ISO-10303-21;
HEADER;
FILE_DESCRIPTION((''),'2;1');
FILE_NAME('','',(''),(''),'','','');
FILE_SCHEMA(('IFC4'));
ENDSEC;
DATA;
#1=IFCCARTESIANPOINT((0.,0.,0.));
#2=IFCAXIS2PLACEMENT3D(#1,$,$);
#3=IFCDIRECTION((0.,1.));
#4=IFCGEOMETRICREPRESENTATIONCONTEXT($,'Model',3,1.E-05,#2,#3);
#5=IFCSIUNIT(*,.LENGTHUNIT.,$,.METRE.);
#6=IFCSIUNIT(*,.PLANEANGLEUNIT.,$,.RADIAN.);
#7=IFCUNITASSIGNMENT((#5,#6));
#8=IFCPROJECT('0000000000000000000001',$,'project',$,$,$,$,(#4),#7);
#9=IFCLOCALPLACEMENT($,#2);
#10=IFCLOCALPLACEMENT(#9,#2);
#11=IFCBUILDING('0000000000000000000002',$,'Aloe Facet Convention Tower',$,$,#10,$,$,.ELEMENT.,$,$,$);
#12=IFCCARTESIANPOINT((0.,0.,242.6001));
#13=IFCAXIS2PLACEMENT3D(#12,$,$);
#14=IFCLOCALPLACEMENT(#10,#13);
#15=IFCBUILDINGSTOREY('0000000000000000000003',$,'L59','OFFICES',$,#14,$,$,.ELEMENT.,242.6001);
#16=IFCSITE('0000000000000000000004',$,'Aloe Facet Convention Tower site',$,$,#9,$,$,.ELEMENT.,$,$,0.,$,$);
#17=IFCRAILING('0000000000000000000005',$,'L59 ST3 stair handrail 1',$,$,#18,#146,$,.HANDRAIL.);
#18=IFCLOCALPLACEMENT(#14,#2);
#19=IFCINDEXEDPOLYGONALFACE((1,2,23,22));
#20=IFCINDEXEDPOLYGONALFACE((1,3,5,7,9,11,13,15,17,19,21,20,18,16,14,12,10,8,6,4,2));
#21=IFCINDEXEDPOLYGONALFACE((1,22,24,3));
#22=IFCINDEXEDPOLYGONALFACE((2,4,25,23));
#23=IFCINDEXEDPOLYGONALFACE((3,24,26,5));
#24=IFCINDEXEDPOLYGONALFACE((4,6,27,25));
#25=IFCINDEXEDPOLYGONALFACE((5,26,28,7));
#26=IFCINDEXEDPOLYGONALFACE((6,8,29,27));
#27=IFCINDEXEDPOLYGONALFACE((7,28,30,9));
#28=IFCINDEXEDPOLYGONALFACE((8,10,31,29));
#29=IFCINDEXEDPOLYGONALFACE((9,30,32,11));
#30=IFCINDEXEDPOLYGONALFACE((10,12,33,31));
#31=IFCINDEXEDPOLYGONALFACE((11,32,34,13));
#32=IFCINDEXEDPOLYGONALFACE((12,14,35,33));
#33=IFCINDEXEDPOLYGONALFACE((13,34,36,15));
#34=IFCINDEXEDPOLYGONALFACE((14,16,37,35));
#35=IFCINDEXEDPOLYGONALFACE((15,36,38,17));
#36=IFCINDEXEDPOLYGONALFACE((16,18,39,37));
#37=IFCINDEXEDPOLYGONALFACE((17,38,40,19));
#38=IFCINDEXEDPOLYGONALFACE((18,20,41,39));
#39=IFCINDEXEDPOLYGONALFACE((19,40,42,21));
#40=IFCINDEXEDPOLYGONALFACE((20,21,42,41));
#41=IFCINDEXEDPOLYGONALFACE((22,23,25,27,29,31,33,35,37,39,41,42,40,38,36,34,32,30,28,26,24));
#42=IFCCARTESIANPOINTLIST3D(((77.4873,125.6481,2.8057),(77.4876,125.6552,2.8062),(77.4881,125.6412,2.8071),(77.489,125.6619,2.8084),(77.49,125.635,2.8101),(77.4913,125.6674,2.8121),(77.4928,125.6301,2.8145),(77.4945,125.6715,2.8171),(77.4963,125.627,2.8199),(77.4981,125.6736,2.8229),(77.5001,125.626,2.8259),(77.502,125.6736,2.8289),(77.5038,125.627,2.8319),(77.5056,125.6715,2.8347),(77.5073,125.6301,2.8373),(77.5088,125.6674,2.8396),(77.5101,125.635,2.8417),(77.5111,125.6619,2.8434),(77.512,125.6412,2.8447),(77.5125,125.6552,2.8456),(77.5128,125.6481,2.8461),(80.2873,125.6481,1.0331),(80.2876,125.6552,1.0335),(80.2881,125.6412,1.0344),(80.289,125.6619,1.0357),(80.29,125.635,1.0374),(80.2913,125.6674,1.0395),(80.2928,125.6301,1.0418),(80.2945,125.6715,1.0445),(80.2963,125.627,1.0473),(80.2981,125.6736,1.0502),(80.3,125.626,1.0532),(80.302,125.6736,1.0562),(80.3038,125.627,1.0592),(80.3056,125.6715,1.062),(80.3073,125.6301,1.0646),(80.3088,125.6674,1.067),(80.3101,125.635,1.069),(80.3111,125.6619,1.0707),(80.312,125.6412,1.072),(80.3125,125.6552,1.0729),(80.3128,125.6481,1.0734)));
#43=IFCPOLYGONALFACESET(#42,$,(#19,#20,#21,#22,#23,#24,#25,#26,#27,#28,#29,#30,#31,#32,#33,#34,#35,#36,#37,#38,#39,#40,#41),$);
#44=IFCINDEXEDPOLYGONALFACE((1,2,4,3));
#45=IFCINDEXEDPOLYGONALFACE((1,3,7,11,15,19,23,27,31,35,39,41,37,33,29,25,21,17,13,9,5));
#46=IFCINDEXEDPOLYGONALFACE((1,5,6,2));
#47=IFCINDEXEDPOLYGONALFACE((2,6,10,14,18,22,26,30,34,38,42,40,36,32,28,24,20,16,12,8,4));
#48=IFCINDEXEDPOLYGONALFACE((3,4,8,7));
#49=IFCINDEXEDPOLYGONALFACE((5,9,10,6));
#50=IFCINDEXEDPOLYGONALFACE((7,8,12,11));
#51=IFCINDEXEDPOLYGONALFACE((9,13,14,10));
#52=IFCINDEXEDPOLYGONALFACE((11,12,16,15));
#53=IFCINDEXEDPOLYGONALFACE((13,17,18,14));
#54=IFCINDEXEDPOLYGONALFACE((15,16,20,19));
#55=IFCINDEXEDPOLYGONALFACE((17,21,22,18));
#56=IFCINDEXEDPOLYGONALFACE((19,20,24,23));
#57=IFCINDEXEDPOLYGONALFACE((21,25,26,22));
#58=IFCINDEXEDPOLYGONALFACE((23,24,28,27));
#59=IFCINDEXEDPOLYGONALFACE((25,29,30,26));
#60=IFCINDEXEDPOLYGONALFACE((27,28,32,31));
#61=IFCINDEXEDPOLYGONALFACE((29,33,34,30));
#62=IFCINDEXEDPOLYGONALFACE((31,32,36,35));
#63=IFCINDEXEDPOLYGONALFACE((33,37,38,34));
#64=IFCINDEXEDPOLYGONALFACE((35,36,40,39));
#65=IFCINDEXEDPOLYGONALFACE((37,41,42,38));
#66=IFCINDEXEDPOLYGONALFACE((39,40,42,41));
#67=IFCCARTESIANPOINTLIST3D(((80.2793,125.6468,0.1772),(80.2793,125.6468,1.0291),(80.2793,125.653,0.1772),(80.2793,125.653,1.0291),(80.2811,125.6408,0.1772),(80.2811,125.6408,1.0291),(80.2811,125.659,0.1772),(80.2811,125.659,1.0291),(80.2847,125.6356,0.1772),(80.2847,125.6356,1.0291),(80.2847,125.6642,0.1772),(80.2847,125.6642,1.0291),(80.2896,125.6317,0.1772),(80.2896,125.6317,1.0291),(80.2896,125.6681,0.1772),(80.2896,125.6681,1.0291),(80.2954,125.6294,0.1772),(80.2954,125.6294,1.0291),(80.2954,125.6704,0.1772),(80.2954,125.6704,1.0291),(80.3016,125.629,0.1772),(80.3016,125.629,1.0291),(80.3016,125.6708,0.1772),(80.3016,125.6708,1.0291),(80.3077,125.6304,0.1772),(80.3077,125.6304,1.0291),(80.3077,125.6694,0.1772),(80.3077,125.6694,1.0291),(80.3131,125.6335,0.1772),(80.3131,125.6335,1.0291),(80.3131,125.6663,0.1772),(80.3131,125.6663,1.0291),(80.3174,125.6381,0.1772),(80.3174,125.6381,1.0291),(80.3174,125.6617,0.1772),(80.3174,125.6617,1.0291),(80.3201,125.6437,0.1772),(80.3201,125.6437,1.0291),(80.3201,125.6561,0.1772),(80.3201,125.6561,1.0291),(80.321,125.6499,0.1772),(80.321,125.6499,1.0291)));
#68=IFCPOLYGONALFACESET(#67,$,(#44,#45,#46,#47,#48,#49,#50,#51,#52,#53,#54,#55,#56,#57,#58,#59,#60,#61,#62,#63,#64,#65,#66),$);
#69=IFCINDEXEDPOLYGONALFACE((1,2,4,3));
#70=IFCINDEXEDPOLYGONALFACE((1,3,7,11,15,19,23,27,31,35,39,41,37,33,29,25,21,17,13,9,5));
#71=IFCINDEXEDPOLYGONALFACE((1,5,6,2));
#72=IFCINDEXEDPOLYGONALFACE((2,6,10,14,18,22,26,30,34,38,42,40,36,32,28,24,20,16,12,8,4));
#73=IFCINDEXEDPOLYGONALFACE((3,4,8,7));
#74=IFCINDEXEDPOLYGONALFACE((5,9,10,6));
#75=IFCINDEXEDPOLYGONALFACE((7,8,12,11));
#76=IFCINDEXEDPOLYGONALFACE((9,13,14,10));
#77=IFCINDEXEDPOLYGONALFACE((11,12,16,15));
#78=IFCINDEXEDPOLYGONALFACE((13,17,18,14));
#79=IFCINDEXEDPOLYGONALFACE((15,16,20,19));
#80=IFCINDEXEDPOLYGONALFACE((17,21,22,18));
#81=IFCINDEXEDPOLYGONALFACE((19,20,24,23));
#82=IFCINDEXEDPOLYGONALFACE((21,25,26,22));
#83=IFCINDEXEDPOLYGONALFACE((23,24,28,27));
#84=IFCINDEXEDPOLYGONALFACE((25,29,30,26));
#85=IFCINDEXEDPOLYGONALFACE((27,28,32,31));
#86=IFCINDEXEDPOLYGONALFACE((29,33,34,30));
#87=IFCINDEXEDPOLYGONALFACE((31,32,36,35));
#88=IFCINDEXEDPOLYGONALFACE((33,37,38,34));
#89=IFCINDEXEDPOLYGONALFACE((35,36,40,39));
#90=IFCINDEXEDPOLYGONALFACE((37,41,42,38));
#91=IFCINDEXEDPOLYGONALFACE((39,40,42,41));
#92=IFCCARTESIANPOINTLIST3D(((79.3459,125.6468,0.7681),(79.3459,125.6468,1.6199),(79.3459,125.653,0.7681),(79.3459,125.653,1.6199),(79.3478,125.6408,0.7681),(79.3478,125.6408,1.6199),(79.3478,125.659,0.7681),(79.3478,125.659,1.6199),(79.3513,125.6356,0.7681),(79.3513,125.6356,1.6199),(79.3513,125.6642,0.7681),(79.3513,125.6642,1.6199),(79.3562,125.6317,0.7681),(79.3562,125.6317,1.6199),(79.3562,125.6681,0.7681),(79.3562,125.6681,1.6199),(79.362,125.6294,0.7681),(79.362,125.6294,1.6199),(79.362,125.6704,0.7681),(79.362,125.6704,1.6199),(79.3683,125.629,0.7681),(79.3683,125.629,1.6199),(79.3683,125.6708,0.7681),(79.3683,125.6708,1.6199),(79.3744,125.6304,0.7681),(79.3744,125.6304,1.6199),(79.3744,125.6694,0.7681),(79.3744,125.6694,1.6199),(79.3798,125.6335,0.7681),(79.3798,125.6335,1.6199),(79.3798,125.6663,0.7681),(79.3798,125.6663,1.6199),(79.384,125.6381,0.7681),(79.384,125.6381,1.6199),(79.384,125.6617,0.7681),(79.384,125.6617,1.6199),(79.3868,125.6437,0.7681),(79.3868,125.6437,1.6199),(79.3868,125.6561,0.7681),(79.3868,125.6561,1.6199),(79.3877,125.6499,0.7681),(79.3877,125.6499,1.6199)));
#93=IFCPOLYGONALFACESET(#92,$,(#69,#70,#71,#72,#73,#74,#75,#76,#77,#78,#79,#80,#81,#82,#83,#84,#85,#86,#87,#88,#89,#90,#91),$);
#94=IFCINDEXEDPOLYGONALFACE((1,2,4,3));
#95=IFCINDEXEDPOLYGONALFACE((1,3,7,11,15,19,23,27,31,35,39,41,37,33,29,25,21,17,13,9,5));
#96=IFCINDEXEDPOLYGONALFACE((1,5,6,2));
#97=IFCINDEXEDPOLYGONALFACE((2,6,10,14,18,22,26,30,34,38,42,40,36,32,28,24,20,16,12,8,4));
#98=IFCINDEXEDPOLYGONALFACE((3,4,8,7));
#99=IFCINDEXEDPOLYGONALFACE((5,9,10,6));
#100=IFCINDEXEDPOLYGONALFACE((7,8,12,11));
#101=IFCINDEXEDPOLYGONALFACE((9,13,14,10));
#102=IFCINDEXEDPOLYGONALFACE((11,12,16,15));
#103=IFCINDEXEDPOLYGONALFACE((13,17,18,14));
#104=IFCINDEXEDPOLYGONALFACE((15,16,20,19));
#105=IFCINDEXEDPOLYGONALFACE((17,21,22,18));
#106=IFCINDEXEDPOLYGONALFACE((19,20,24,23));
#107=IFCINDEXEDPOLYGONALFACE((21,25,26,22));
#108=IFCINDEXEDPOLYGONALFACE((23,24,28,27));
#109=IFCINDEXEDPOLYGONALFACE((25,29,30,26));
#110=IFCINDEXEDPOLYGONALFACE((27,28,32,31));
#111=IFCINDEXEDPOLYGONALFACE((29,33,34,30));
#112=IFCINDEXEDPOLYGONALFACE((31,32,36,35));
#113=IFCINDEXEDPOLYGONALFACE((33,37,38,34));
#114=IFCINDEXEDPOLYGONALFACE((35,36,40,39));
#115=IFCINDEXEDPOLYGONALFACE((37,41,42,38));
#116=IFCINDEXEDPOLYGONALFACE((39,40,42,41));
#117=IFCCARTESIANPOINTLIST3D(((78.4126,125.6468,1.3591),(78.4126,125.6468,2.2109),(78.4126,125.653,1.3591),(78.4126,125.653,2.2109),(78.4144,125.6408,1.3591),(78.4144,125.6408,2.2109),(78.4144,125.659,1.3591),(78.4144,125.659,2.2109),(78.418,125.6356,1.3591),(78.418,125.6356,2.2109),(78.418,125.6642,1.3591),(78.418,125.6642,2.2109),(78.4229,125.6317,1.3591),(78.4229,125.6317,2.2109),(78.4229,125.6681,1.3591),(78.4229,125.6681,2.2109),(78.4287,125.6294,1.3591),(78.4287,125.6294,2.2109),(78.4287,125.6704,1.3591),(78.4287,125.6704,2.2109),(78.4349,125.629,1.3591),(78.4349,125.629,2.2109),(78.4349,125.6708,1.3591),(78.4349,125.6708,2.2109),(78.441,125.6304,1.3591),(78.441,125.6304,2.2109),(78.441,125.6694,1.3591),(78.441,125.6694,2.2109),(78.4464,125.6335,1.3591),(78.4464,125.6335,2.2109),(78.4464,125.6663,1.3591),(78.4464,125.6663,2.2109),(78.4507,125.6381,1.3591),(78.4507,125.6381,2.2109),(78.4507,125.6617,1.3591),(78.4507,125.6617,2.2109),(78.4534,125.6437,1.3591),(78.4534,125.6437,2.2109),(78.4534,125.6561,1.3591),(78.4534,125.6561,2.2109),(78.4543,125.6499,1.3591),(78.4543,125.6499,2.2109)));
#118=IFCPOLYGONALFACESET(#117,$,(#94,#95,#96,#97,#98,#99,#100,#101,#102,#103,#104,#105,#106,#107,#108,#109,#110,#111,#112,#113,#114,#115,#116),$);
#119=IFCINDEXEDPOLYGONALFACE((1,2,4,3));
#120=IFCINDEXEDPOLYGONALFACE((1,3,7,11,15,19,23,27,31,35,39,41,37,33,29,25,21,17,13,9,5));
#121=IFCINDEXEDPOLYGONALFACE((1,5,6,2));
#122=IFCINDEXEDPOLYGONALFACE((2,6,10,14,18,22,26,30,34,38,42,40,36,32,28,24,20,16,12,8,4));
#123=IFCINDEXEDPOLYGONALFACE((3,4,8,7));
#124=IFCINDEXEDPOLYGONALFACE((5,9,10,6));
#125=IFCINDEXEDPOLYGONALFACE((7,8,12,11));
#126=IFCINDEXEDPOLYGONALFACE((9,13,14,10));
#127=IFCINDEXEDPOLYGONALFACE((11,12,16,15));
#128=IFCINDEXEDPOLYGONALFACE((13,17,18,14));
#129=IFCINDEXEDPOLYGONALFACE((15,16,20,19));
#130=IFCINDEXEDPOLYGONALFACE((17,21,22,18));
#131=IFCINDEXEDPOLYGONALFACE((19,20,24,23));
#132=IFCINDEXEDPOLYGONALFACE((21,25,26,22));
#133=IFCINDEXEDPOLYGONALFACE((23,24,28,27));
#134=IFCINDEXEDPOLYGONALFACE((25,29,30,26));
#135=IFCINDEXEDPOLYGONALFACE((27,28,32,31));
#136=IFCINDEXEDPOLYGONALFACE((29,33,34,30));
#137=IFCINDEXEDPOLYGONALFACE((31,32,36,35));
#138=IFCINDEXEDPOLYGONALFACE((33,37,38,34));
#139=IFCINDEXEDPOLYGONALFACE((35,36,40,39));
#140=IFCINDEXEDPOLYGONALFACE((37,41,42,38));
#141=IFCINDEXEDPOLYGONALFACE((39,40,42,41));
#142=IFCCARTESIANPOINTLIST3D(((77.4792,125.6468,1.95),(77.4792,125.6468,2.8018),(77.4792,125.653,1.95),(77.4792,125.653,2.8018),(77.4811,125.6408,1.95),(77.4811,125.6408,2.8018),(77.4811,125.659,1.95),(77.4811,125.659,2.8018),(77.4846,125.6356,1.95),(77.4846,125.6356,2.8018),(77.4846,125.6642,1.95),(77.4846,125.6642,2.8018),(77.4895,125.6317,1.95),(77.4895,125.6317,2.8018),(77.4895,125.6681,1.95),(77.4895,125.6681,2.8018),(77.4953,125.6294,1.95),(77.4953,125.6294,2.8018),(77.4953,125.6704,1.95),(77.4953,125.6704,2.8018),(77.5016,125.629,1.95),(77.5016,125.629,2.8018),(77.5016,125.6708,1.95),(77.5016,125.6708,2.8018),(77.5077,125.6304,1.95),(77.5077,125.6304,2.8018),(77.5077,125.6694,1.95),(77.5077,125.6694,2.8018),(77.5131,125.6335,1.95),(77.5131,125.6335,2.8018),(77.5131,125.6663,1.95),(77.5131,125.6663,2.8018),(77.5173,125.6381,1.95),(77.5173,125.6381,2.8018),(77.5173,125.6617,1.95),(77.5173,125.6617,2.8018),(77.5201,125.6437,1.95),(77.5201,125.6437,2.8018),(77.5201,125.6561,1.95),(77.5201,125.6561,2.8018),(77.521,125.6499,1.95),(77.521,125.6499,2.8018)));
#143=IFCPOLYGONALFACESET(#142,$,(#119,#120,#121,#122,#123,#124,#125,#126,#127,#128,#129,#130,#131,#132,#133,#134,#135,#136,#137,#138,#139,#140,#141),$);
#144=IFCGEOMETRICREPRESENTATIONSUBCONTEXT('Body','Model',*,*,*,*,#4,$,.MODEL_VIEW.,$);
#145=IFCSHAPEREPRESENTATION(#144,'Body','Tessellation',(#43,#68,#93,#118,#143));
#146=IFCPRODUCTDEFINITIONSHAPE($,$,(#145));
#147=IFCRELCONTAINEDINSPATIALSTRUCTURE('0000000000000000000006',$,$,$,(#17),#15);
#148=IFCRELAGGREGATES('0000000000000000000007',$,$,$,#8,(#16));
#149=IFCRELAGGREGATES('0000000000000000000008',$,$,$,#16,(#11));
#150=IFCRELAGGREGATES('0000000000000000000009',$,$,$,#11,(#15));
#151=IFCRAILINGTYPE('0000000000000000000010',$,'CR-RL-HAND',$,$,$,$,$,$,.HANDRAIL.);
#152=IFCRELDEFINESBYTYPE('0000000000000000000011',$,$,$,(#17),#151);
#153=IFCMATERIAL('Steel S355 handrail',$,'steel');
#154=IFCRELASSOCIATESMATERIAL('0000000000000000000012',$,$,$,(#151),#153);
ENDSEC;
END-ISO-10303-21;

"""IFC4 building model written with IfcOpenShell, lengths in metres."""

from ifc_helpers import new_model, si_unit, direction, frame, origin, origin_2d, place, context, subcontext, project, spatial, circle, extrude, material, type_object, element, save


model = new_model("IFC4")

# Units and contexts
model_context = context("Model", 3, precision=1e-05, world=origin(), true_north=direction((0.0, 1.0)))
body_context = subcontext(model_context, "Body", "Model", "MODEL_VIEW")
ifc_project = project(units=[si_unit("LENGTHUNIT", "METRE"), si_unit("PLANEANGLEUNIT", "RADIAN")], contexts=[model_context])

# Site, building, storey
site_placement = place(None, origin())
site = spatial("IfcSite", under=ifc_project, at=site_placement, Name="Aloe Facet Convention Tower site", CompositionType="ELEMENT", RefElevation=0.0)
building_placement = place(site_placement, origin())
building = spatial("IfcBuilding", under=site, at=building_placement, Name="Aloe Facet Convention Tower", CompositionType="ELEMENT")
storey_placement = place(building_placement, frame((0.0, 0.0, 242.6001)))
storey = spatial("IfcBuildingStorey", under=building, at=storey_placement, Name="L59", Description="OFFICES", CompositionType="ELEMENT", Elevation=242.6001)

# Railing
ifc_material_1 = material(Name="Steel S355 handrail", Category="steel")
railing_type_1 = type_object("IfcRailingType", Name="CR-RL-HAND", PredefinedType="HANDRAIL", material=ifc_material_1)
railing_1_placement = place(storey_placement, frame((80.3, 125.6499, 0.1772)))
element("IfcRailing", 1, at=railing_1_placement, inside=storey, type_object=railing_type_1, Name="L59 ST3 stair handrail 1", PredefinedType="HANDRAIL", context=body_context, shape_type="SweptSolid", body=[
    extrude(circle(Radius=0.0239, at=origin_2d()), frame((0.0, 0.0, 0.876), z_axis=(-0.844909, 0.0, 0.53491), x_axis=(0.0, -1.0, 0.0)), (0.0, 0.0, 1.0), 3.314),
    extrude(circle(Radius=0.021, at=origin_2d()), origin(), (0.0, 0.0, 1.0), 0.8518),
    extrude(circle(Radius=0.021, at=origin_2d()), frame((-0.9333, 0.0, 0.5908)), (0.0, 0.0, 1.0), 0.8518),
    extrude(circle(Radius=0.021, at=origin_2d()), frame((-1.8667, 0.0, 1.1819)), (0.0, 0.0, 1.0), 0.8518),
    extrude(circle(Radius=0.021, at=origin_2d()), frame((-2.8, 0.0, 1.7727)), (0.0, 0.0, 1.0), 0.8518),
])

save(model, "model.ifc")
